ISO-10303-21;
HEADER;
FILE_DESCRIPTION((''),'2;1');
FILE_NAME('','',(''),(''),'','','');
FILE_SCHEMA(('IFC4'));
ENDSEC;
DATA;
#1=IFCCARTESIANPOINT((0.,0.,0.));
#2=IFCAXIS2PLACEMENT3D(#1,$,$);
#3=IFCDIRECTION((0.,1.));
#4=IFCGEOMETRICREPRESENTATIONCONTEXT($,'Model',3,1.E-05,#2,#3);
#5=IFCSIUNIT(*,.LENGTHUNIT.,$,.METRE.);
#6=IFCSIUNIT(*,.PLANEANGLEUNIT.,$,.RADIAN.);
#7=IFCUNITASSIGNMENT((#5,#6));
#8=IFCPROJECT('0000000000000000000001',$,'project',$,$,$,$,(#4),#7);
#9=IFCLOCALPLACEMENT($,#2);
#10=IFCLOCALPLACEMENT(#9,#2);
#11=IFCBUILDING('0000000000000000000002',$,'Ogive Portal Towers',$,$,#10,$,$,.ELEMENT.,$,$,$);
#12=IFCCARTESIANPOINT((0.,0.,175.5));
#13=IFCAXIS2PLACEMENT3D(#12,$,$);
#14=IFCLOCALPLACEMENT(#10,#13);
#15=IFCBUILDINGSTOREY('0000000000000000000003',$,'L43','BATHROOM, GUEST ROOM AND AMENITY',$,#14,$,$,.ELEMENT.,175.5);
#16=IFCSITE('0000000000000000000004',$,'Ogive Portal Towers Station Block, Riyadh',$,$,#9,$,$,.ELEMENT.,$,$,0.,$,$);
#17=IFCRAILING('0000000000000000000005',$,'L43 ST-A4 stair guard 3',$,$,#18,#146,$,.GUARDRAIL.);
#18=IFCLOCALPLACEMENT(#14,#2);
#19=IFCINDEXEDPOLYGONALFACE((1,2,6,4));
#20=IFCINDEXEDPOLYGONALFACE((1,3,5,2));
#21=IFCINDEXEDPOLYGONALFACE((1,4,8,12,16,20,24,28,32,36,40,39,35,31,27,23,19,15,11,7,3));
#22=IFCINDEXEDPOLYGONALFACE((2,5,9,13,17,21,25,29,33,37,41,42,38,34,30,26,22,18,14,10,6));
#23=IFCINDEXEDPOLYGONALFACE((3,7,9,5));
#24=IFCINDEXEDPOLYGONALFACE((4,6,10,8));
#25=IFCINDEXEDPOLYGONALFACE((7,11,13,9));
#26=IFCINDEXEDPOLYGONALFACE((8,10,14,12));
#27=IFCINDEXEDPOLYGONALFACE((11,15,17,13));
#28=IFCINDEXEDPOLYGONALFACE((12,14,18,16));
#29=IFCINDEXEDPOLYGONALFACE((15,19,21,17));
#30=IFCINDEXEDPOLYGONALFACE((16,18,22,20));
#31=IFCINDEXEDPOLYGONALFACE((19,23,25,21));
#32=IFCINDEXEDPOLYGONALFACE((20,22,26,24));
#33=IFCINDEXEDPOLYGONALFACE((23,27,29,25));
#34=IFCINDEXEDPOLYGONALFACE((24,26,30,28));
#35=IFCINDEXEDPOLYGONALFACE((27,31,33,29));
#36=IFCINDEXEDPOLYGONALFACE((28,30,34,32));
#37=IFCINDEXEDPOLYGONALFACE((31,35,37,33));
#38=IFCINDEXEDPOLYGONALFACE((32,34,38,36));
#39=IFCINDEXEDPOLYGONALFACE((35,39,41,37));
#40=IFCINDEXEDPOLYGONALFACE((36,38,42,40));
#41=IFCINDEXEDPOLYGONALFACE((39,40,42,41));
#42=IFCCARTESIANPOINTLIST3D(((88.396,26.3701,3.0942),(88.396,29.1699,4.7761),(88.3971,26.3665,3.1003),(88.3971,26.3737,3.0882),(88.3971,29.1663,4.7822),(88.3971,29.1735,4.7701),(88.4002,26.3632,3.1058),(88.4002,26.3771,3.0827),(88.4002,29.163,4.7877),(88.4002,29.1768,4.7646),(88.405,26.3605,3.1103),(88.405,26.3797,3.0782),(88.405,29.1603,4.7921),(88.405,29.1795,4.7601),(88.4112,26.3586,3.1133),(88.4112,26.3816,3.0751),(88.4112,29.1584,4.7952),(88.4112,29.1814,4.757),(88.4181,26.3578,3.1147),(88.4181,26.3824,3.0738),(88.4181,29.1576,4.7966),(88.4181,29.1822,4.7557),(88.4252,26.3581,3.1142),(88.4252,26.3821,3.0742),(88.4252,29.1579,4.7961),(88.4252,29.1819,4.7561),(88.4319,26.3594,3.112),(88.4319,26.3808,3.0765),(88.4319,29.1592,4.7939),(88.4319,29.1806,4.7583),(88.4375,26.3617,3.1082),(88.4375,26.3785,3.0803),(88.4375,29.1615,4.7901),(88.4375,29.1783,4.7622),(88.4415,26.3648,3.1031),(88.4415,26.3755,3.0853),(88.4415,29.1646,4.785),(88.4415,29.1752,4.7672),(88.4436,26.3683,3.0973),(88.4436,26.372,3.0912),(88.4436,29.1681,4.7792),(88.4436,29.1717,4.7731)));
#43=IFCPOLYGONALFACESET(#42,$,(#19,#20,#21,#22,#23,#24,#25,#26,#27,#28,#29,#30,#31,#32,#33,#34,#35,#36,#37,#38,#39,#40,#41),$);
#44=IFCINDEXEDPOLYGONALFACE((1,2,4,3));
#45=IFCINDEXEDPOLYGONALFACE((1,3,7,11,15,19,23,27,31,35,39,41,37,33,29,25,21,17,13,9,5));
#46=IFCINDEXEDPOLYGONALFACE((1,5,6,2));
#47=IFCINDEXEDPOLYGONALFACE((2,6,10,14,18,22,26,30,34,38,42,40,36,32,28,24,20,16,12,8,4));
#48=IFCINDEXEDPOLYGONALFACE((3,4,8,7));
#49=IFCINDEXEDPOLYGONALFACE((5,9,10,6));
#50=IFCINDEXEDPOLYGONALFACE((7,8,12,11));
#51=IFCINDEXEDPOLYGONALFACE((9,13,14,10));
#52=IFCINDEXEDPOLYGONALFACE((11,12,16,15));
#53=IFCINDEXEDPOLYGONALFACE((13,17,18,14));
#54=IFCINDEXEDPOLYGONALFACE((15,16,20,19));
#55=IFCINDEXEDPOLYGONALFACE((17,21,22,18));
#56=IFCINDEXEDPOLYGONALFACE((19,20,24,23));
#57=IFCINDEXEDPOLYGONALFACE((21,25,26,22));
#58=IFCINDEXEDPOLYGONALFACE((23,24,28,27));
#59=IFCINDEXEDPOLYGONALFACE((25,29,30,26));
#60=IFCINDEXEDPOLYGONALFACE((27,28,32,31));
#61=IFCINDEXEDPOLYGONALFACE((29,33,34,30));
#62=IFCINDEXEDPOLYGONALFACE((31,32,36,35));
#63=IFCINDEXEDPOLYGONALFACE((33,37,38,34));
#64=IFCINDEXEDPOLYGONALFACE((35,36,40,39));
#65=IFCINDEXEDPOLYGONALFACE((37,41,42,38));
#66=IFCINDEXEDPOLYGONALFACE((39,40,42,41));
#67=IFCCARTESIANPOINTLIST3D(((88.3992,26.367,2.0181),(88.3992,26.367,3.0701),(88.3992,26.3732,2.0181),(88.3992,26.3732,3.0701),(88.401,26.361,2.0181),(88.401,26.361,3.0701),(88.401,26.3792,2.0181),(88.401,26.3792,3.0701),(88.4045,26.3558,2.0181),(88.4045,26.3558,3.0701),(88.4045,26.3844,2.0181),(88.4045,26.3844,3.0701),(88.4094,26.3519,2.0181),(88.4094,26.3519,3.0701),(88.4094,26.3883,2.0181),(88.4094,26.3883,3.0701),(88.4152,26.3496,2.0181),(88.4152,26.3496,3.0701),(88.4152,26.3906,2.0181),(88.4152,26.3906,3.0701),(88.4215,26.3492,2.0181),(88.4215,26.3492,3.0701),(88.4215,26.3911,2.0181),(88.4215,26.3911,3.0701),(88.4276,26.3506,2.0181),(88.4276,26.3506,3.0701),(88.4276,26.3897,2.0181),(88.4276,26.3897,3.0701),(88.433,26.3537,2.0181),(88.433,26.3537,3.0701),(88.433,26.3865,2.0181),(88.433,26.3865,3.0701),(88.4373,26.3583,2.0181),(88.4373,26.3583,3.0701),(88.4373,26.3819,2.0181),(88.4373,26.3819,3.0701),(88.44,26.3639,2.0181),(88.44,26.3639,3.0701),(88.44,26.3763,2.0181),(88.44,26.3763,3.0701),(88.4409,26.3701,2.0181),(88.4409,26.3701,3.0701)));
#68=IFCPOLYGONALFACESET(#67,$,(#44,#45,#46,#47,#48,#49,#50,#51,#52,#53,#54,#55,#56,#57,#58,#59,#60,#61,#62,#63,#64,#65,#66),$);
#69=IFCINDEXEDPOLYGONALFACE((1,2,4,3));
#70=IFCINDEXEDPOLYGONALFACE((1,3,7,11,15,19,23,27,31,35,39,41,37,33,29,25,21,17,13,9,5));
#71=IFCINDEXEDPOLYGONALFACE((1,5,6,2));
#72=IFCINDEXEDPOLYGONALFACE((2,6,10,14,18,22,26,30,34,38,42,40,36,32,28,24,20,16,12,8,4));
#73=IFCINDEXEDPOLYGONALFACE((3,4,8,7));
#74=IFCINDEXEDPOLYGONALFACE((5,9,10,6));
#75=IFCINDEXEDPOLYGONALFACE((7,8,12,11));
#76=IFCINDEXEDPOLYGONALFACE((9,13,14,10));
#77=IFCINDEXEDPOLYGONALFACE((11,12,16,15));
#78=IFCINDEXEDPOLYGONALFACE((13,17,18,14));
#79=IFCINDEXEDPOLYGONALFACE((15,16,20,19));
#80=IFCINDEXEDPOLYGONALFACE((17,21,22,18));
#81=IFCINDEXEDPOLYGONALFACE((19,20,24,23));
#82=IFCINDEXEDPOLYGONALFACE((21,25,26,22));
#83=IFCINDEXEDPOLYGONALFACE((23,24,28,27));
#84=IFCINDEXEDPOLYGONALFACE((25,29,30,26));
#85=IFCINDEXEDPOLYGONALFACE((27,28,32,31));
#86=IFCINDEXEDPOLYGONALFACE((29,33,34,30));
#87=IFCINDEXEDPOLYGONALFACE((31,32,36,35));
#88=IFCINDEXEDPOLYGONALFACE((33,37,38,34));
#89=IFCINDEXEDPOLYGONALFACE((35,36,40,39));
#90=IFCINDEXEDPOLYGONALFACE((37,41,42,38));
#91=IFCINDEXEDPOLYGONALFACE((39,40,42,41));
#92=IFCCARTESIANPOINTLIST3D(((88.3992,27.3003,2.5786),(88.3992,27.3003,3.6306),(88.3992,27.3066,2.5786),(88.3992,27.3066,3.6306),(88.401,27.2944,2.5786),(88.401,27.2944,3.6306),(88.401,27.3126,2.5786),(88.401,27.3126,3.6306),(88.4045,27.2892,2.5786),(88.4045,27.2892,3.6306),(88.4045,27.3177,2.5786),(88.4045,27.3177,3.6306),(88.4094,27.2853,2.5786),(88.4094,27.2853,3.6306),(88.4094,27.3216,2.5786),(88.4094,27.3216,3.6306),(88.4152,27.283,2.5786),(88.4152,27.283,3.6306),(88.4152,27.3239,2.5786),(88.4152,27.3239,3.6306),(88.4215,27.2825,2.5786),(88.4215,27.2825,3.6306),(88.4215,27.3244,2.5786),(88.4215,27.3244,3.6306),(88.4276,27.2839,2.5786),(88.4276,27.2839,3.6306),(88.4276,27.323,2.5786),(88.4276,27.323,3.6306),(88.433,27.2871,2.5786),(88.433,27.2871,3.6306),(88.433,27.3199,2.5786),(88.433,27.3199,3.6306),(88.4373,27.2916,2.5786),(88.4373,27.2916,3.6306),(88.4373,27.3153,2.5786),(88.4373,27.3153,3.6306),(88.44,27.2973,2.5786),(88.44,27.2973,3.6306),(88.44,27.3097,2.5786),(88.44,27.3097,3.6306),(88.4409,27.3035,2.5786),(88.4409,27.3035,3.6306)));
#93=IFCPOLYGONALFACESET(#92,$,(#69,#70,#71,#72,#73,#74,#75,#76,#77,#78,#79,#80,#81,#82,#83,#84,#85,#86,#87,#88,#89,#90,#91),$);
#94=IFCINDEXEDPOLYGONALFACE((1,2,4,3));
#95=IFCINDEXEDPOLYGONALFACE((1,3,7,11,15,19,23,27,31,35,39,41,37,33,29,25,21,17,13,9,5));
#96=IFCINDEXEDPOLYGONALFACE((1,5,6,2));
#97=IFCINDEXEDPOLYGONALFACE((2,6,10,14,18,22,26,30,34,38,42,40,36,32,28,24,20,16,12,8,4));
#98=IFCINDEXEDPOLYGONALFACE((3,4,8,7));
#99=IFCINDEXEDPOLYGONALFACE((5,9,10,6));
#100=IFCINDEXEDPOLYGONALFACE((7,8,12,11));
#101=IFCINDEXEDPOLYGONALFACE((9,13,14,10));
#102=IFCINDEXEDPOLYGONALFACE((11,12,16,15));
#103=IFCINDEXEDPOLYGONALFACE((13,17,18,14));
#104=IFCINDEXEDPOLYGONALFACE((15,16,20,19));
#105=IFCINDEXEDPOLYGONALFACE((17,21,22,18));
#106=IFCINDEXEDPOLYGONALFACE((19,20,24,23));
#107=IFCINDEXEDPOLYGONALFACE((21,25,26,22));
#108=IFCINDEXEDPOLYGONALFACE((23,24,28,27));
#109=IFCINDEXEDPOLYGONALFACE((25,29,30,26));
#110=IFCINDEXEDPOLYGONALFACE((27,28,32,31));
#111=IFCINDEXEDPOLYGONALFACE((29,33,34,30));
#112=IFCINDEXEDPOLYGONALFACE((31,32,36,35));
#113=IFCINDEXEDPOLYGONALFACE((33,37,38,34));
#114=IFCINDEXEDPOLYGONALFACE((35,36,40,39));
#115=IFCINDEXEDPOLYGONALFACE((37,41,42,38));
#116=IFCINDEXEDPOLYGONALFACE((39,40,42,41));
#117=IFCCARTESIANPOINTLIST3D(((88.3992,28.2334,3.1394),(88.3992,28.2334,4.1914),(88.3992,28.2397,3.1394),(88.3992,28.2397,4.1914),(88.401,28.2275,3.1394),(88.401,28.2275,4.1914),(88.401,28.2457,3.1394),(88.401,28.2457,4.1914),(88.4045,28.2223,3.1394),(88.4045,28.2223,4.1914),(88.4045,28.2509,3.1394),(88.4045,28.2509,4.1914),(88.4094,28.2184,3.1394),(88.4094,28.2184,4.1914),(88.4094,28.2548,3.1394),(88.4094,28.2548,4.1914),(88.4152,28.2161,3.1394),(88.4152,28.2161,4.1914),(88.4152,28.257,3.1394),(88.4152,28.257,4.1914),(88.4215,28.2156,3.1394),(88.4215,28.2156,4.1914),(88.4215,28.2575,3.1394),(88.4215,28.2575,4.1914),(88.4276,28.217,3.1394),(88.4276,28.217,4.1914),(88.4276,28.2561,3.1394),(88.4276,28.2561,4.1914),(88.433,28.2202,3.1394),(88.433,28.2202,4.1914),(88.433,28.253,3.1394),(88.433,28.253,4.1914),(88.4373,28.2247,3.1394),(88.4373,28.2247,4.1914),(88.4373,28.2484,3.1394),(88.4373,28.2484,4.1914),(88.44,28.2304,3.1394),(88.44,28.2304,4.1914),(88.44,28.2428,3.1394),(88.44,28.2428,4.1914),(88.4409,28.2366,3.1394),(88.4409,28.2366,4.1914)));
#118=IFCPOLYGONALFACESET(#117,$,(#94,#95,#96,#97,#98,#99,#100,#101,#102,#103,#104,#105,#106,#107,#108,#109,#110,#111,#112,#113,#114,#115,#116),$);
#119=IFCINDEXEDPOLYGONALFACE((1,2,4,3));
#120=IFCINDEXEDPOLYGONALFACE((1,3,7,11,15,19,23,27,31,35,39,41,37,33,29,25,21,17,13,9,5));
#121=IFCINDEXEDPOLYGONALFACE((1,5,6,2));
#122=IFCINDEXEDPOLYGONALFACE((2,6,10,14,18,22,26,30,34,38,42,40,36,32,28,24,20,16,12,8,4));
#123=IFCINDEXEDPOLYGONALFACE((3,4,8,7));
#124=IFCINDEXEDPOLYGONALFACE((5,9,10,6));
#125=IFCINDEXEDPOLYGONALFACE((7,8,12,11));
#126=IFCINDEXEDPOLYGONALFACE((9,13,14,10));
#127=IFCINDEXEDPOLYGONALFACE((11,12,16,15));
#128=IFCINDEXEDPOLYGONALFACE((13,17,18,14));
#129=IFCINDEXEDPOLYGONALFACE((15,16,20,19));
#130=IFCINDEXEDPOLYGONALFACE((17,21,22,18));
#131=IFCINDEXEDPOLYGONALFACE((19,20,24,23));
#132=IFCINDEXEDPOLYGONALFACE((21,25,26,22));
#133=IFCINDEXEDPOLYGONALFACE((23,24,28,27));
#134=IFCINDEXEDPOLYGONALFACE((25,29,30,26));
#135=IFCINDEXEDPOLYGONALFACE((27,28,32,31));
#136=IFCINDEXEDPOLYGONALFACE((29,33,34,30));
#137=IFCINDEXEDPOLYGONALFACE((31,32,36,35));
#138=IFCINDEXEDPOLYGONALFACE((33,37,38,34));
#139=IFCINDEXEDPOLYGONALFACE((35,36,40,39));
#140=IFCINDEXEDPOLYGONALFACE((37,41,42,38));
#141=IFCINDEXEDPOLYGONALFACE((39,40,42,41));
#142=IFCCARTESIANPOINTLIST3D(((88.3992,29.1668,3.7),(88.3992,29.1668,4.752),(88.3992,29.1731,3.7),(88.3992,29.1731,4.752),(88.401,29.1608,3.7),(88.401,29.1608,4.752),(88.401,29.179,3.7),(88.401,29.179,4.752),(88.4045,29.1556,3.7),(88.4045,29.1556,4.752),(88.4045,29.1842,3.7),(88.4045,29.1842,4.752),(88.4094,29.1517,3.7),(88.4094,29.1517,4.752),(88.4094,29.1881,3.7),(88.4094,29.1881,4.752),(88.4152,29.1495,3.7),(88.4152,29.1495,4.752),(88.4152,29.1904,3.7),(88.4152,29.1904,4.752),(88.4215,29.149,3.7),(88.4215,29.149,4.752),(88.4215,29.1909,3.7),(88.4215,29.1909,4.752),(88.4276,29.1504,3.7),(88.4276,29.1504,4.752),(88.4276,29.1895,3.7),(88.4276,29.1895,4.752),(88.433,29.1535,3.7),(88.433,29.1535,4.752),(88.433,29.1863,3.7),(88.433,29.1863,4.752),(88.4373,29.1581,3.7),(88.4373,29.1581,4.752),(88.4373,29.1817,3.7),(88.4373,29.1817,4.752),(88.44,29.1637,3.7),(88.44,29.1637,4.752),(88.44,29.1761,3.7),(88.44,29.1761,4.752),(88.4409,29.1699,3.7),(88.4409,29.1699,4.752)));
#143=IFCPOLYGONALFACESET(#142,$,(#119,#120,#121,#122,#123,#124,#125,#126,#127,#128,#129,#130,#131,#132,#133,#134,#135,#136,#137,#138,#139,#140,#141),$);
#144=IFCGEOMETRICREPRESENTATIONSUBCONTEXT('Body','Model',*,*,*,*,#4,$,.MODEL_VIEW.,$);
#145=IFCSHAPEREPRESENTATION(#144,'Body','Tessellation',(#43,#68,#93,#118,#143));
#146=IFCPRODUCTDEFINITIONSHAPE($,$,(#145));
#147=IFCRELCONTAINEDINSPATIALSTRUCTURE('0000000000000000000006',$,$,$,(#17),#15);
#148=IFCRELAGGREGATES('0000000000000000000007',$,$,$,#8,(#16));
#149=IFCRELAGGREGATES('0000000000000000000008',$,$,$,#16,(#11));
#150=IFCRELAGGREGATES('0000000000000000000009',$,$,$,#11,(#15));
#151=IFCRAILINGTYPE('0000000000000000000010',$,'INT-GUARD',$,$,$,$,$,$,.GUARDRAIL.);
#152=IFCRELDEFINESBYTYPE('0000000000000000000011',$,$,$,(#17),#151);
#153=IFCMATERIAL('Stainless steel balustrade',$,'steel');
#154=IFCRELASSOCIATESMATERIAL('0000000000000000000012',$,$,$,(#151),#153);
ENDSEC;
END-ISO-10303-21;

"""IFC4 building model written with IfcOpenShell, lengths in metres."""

from ifc_helpers import new_model, si_unit, direction, frame, origin, origin_2d, place, context, subcontext, project, spatial, circle, extrude, material, type_object, element, save


model = new_model("IFC4")

# Units and contexts
model_context = context("Model", 3, precision=1e-05, world=origin(), true_north=direction((0.0, 1.0)))
body_context = subcontext(model_context, "Body", "Model", "MODEL_VIEW")
ifc_project = project(units=[si_unit("LENGTHUNIT", "METRE"), si_unit("PLANEANGLEUNIT", "RADIAN")], contexts=[model_context])

# Site, building, storey
site_placement = place(None, origin())
site = spatial("IfcSite", under=ifc_project, at=site_placement, Name="Ogive Portal Towers Station Block, Riyadh", CompositionType="ELEMENT", RefElevation=0.0)
building_placement = place(site_placement, origin())
building = spatial("IfcBuilding", under=site, at=building_placement, Name="Ogive Portal Towers", CompositionType="ELEMENT")
storey_placement = place(building_placement, frame((0.0, 0.0, 175.5)))
storey = spatial("IfcBuildingStorey", under=building, at=storey_placement, Name="L43", Description="BATHROOM, GUEST ROOM AND AMENITY", CompositionType="ELEMENT", Elevation=175.5)

# Railing
ifc_material_1 = material(Name="Stainless steel balustrade", Category="steel")
railing_type_1 = type_object("IfcRailingType", Name="INT-GUARD", PredefinedType="GUARDRAIL", material=ifc_material_1)
railing_1_placement = place(storey_placement, frame((88.4199, 26.3701, 2.0181)))
element("IfcRailing", 1, at=railing_1_placement, inside=storey, type_object=railing_type_1, Name="L43 ST-A4 stair guard 3", PredefinedType="GUARDRAIL", context=body_context, shape_type="SweptSolid", body=[
    extrude(circle(Radius=0.0239, at=origin_2d()), frame((0.0, 0.0, 1.0762), z_axis=(0.0, 0.857222, 0.514946), x_axis=(-1.0, 0.0, 0.0)), (0.0, 0.0, 1.0), 3.2661),
    extrude(circle(Radius=0.021, at=origin_2d()), origin(), (0.0, 0.0, 1.0), 1.052),
    extrude(circle(Radius=0.021, at=origin_2d()), frame((0.0, 0.9333, 0.5605)), (0.0, 0.0, 1.0), 1.052),
    extrude(circle(Radius=0.021, at=origin_2d()), frame((0.0, 1.8665, 1.1213)), (0.0, 0.0, 1.0), 1.052),
    extrude(circle(Radius=0.021, at=origin_2d()), frame((0.0, 2.7998, 1.6819)), (0.0, 0.0, 1.0), 1.052),
])

save(model, "model.ifc")
